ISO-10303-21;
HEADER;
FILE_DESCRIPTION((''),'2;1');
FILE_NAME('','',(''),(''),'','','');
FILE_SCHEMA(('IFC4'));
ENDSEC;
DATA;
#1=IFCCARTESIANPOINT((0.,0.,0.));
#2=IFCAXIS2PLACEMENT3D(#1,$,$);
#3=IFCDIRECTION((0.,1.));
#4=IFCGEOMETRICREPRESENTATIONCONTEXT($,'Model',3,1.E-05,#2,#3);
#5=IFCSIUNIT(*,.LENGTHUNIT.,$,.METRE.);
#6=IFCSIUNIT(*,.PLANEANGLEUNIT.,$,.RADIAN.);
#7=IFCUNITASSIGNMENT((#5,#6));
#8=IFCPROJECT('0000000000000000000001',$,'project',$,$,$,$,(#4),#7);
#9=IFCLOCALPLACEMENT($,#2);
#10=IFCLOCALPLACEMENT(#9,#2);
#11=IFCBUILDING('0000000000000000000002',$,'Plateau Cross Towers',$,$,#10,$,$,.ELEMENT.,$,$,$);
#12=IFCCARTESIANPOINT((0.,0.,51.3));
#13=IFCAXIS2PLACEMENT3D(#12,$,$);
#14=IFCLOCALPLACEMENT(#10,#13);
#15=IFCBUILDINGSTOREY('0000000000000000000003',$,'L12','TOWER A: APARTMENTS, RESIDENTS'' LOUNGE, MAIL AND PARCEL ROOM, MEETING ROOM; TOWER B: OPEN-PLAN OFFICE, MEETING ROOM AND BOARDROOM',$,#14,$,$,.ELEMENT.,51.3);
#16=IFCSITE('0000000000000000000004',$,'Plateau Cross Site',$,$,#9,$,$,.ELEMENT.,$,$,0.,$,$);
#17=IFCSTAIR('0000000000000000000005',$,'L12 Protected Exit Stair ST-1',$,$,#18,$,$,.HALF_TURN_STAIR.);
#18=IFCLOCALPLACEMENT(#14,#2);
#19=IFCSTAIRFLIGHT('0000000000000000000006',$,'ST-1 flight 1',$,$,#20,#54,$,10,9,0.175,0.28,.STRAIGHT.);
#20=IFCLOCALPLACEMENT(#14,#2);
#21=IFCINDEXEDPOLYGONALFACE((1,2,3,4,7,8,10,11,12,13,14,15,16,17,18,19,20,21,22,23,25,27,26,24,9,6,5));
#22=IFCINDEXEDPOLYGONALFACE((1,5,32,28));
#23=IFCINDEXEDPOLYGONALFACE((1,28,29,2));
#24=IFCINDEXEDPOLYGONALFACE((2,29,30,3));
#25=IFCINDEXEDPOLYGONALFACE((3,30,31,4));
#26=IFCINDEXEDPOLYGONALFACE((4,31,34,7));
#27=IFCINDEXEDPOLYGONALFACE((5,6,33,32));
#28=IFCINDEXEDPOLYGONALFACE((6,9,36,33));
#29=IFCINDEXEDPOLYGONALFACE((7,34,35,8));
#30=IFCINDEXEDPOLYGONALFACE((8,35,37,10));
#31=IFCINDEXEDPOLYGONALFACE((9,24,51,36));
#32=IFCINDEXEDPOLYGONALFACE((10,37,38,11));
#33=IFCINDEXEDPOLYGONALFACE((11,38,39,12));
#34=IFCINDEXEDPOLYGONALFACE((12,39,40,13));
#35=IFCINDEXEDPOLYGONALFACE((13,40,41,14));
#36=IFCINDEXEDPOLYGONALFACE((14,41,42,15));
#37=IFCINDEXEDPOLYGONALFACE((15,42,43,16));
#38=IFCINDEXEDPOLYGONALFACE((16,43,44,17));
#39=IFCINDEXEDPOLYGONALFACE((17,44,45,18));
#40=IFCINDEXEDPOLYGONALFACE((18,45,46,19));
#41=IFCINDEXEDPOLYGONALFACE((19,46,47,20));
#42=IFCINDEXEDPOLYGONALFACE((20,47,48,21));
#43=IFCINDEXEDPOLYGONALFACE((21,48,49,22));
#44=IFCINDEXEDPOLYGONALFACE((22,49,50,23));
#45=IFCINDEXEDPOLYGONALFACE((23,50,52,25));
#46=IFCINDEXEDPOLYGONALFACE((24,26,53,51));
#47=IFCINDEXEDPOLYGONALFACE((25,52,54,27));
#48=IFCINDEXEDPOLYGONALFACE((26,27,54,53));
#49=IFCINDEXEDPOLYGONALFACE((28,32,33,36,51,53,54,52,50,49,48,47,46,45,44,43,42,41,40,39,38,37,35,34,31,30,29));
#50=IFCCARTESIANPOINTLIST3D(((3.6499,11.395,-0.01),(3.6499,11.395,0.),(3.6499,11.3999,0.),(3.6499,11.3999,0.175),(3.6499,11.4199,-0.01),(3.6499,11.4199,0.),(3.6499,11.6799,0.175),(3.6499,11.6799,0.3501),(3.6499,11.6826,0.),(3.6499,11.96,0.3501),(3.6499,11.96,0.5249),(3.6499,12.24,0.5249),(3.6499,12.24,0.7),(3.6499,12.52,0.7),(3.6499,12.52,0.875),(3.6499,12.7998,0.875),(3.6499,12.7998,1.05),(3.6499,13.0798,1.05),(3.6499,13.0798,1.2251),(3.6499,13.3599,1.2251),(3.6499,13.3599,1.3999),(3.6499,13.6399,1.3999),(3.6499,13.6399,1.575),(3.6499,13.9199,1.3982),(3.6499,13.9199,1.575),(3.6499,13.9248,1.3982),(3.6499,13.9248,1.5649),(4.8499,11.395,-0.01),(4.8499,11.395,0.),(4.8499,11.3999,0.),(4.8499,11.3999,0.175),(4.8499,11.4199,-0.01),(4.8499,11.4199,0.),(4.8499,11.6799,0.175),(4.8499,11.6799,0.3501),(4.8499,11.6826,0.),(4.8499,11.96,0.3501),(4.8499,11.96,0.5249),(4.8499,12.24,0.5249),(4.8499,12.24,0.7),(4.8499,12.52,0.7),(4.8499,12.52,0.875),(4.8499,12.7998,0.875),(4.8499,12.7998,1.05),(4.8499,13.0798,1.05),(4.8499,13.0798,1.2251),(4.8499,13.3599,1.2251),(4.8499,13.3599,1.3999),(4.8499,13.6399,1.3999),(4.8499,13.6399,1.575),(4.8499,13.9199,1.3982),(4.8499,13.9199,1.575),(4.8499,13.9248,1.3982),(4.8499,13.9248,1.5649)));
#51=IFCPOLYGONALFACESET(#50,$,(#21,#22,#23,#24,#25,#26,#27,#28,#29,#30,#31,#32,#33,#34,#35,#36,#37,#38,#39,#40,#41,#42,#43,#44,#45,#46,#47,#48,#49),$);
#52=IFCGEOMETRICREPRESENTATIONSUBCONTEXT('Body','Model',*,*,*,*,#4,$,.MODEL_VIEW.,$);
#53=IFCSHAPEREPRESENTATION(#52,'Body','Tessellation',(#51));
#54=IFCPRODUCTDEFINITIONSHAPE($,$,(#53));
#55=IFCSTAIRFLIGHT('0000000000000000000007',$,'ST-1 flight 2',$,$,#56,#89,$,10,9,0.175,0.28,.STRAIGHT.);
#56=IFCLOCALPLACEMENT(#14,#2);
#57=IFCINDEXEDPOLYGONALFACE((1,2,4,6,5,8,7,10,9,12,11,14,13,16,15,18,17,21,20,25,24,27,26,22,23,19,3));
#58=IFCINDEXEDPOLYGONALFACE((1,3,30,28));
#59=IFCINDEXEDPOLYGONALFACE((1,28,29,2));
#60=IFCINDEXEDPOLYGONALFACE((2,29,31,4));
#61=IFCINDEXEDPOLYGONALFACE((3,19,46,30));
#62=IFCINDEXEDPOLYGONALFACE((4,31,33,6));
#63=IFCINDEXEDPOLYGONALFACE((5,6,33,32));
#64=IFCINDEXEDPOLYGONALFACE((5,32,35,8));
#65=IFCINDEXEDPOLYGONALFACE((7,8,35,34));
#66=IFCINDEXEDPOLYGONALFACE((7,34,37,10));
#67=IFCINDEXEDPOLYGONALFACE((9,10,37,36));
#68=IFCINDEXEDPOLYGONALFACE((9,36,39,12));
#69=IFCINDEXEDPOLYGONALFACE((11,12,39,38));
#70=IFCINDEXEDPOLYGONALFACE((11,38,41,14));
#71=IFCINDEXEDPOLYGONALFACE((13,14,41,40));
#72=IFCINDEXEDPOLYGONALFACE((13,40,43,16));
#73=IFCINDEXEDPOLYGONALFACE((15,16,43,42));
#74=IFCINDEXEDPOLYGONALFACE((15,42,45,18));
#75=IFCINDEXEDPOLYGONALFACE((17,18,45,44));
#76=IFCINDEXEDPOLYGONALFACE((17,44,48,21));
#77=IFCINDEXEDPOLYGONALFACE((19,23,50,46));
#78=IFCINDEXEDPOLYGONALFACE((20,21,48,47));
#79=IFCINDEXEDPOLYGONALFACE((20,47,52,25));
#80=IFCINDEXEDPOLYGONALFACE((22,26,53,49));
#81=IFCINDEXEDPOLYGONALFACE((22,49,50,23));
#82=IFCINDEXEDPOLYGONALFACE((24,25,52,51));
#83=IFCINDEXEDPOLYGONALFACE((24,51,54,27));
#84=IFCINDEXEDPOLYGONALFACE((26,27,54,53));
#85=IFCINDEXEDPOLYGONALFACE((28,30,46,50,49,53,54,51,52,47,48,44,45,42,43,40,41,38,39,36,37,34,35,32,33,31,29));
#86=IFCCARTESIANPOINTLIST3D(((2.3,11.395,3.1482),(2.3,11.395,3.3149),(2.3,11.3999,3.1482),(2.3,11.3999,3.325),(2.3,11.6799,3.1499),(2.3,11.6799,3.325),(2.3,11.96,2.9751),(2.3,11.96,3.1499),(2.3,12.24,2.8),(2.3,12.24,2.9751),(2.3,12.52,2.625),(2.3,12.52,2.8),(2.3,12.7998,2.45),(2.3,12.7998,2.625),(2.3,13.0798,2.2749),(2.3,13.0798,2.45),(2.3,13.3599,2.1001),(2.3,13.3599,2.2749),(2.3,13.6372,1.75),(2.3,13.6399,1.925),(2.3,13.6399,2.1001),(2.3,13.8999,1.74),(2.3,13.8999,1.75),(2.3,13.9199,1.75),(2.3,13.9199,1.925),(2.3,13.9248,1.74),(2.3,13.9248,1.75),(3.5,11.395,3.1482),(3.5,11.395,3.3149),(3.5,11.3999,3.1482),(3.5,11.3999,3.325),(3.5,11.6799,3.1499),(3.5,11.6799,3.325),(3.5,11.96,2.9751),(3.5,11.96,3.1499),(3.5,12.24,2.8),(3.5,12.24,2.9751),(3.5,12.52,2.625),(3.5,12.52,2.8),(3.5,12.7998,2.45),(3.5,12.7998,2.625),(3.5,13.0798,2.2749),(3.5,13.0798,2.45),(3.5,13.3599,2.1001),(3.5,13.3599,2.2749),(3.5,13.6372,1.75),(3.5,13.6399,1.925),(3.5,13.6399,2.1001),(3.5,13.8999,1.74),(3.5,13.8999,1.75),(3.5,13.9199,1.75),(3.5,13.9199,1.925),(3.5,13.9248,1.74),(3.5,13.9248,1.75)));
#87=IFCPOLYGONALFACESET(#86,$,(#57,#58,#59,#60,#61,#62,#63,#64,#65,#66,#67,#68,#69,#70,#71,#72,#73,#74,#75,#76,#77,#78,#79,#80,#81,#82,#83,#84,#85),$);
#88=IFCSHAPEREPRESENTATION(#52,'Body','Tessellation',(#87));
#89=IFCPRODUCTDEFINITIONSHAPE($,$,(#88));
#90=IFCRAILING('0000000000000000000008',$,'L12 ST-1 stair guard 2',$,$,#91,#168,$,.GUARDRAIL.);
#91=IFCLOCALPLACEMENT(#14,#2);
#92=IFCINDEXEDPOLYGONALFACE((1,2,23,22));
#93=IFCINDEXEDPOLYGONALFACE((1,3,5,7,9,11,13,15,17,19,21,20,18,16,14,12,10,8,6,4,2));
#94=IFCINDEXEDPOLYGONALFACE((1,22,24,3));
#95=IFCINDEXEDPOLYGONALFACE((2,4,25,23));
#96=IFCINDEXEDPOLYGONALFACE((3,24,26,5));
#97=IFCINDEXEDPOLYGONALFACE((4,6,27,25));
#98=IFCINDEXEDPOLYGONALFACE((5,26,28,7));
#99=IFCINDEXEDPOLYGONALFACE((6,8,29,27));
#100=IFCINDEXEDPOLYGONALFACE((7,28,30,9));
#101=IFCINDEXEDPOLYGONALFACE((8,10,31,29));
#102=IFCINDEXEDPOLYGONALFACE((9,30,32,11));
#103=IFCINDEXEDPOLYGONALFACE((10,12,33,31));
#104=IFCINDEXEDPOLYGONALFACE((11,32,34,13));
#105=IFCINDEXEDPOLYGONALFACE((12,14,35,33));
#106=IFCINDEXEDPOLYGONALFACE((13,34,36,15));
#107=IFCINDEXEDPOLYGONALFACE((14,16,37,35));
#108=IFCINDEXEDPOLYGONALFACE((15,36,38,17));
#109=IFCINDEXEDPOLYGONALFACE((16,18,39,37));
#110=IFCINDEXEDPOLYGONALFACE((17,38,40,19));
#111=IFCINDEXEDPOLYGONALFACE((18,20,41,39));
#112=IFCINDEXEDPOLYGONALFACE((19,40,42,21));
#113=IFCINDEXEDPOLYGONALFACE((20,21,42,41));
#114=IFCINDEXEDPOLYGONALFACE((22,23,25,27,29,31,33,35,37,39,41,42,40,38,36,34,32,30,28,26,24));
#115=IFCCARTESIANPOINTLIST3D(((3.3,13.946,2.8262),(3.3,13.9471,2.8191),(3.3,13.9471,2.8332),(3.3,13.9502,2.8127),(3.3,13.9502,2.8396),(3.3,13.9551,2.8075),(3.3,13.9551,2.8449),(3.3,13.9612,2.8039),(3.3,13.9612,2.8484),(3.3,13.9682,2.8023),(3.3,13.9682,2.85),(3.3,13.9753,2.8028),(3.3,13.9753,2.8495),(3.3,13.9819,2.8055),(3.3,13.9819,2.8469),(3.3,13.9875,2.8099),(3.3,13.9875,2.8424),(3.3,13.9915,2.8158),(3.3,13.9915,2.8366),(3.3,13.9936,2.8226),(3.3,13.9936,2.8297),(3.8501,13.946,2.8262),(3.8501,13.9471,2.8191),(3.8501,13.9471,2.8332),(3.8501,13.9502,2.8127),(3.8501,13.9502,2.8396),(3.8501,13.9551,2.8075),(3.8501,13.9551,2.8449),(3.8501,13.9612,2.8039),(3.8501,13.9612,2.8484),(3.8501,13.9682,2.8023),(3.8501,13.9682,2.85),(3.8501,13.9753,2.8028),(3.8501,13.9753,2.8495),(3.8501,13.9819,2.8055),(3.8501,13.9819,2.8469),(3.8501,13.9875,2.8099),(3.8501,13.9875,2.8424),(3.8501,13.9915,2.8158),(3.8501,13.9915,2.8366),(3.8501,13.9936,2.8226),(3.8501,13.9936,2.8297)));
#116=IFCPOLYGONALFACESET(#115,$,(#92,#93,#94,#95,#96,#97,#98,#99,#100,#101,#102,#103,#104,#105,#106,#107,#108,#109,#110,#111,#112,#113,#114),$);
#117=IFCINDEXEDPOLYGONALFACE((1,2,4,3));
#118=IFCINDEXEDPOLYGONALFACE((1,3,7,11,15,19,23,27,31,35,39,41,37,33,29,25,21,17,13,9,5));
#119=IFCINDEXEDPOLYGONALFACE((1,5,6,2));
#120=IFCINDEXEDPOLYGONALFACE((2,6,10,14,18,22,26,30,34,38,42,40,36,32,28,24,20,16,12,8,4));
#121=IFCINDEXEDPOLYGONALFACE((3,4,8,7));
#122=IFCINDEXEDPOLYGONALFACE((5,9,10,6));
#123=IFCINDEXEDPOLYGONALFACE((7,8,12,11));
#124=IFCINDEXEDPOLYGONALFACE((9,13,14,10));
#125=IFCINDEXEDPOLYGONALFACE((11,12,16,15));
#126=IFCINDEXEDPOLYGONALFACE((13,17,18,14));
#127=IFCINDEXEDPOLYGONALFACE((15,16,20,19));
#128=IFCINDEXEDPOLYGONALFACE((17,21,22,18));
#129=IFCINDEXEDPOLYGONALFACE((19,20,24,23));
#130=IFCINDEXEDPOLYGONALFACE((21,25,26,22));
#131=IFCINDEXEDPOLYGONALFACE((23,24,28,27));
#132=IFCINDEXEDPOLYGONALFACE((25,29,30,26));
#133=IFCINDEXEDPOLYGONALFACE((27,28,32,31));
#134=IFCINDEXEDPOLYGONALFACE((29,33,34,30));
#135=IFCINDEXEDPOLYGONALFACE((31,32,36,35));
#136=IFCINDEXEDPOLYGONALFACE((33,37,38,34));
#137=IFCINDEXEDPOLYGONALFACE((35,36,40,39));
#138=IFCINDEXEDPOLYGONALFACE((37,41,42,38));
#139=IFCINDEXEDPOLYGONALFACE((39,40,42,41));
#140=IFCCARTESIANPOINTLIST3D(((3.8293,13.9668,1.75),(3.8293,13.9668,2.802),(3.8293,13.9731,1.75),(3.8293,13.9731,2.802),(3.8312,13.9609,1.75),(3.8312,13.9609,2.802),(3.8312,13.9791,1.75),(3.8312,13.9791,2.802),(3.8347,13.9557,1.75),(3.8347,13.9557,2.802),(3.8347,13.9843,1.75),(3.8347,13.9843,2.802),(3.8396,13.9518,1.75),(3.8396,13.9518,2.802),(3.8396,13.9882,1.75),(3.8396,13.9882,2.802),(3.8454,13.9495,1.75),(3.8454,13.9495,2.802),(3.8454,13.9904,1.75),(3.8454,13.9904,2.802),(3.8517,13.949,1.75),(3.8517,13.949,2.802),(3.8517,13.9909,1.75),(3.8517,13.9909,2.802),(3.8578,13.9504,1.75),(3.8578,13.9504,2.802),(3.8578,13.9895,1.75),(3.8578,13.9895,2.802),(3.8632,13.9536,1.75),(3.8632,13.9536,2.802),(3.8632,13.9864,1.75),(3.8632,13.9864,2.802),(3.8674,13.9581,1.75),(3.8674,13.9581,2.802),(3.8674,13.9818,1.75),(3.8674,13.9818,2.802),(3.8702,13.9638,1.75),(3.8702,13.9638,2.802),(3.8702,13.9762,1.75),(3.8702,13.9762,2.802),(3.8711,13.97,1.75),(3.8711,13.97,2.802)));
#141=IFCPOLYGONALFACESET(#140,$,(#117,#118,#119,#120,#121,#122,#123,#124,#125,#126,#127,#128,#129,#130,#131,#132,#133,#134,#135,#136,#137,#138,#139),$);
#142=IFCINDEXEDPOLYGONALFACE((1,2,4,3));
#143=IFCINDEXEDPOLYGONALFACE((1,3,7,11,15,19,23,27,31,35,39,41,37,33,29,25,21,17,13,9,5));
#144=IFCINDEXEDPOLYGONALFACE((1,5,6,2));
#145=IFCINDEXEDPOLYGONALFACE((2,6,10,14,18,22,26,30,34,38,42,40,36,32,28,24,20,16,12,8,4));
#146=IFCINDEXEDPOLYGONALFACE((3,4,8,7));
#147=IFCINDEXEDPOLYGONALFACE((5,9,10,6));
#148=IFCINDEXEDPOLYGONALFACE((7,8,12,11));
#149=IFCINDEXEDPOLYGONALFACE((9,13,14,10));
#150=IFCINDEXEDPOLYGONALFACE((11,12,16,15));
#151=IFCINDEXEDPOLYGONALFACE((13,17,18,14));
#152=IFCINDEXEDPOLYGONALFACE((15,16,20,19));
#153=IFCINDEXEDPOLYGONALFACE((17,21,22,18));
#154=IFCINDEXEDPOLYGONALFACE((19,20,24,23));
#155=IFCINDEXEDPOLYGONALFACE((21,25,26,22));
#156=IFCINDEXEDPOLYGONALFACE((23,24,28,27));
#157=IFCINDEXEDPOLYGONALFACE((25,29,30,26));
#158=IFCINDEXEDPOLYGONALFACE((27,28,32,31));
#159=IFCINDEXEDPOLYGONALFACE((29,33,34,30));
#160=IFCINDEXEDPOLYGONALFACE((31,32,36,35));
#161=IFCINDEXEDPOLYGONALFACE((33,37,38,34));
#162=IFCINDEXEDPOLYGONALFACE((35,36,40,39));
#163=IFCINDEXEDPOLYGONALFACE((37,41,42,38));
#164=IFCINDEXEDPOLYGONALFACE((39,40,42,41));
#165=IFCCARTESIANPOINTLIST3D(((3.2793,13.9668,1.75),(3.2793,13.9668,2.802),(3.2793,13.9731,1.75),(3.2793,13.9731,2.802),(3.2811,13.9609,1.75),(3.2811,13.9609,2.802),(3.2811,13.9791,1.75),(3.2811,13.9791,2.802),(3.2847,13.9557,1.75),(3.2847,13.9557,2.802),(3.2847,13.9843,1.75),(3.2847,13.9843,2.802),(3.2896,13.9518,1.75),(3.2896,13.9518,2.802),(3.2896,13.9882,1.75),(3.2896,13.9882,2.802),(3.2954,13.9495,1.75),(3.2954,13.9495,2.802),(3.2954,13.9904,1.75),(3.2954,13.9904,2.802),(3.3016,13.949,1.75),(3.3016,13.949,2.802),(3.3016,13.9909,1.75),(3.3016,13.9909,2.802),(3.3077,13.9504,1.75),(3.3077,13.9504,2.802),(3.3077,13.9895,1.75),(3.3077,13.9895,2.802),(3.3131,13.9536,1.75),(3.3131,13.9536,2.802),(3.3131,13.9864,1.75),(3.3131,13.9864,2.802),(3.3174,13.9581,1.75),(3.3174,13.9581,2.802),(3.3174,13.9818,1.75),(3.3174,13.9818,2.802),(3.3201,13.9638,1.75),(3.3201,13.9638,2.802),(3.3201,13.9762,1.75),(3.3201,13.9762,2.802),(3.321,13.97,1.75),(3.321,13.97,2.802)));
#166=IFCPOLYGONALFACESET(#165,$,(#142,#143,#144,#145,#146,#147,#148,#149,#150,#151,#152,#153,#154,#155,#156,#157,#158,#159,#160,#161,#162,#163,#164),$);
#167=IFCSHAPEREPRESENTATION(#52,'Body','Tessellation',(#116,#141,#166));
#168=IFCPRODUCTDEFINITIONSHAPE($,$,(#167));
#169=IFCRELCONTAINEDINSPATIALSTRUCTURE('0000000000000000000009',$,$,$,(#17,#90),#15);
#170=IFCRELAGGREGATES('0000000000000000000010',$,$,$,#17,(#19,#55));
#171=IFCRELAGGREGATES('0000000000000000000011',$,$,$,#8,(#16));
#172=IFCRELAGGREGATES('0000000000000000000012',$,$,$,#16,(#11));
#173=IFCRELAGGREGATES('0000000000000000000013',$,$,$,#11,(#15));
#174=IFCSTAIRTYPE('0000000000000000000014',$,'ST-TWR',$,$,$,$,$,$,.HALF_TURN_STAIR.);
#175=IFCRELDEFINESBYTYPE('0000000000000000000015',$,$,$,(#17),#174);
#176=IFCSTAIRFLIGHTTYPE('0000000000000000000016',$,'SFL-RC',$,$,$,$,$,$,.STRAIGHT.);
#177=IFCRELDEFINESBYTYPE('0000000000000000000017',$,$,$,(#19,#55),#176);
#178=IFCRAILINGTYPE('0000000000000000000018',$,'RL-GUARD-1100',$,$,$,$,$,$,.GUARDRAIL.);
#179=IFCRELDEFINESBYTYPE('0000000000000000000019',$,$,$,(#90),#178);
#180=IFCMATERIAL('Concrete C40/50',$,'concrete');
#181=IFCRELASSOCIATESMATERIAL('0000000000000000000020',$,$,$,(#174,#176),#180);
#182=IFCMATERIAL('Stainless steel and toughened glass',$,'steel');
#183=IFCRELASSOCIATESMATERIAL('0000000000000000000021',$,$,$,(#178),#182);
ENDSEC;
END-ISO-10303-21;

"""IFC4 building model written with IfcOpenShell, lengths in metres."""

from ifc_helpers import new_model, si_unit, direction, frame, origin, origin_2d, place, context, subcontext, project, spatial, polyline, circle, outline, extrude, material, type_object, element, aggregate, save


model = new_model("IFC4")

# Units and contexts
model_context = context("Model", 3, precision=1e-05, world=origin(), true_north=direction((0.0, 1.0)))
body_context = subcontext(model_context, "Body", "Model", "MODEL_VIEW")
ifc_project = project(units=[si_unit("LENGTHUNIT", "METRE"), si_unit("PLANEANGLEUNIT", "RADIAN")], contexts=[model_context])

# Site, building, storey
site_placement = place(None, origin())
site = spatial("IfcSite", under=ifc_project, at=site_placement, Name="Plateau Cross Site", CompositionType="ELEMENT", RefElevation=0.0)
building_placement = place(site_placement, origin())
building = spatial("IfcBuilding", under=site, at=building_placement, Name="Plateau Cross Towers", CompositionType="ELEMENT")
storey_placement = place(building_placement, frame((0.0, 0.0, 51.3)))
storey = spatial("IfcBuildingStorey", under=building, at=storey_placement, Name="L12", Description="TOWER A: APARTMENTS, RESIDENTS' LOUNGE, MAIL AND PARCEL ROOM, MEETING ROOM; TOWER B: OPEN-PLAN OFFICE, MEETING ROOM AND BOARDROOM", CompositionType="ELEMENT", Elevation=51.3)

# Stair, stair flights
ifc_material_1 = material(Name="Concrete C40/50", Category="concrete")
stair_type = type_object("IfcStairType", Name="ST-TWR", PredefinedType="HALF_TURN_STAIR", material=ifc_material_1)
stair_placement = place(storey_placement, origin())
stair = element("IfcStair", 1, at=stair_placement, inside=storey, type_object=stair_type, Name="L12 Protected Exit Stair ST-1", PredefinedType="HALF_TURN_STAIR")
stair_flight_type = type_object("IfcStairFlightType", Name="SFL-RC", PredefinedType="STRAIGHT", material=ifc_material_1)
stair_flight_1_placement = place(storey_placement, frame((4.25, 11.3999, 0.0), z_axis=(0.0, 0.0, 1.0), x_axis=(0.0, 1.0, 0.0)))
stair_flight_1 = element("IfcStairFlight", 2, at=stair_flight_1_placement, type_object=stair_flight_type, Name="ST-1 flight 1", NumberOfRisers=10, NumberOfTreads=9, PredefinedType="STRAIGHT", RiserHeight=0.175, TreadLength=0.28, context=body_context, shape_type="SweptSolid", body=[
    extrude(outline(polyline([(-0.0049, -0.01), (-0.0049, 0.0), (0.0, 0.0), (0.0, 0.175), (0.28, 0.175), (0.28, 0.3501), (0.5601, 0.3501), (0.5601, 0.5249), (0.8401, 0.5249), (0.8401, 0.7), (1.1201, 0.7), (1.1201, 0.875), (1.3999, 0.875), (1.3999, 1.05), (1.6799, 1.05), (1.6799, 1.2251), (1.96, 1.2251), (1.96, 1.3999), (2.24, 1.3999), (2.24, 1.575), (2.52, 1.575), (2.5249, 1.5649), (2.5249, 1.3982), (2.52, 1.3982), (0.2827, 0.0), (0.02, 0.0), (0.02, -0.01), (-0.0049, -0.01)])), frame((0.0, 0.6001, 0.0), z_axis=(0.0, -1.0, 0.0), x_axis=(1.0, 0.0, 0.0)), (0.0, 0.0, 1.0), 1.2),
])
stair_flight_2_placement = place(storey_placement, frame((2.8999, 13.9199, 1.75), z_axis=(0.0, 0.0, 1.0), x_axis=(0.0, -1.0, 0.0)))
stair_flight_2 = element("IfcStairFlight", 3, at=stair_flight_2_placement, type_object=stair_flight_type, Name="ST-1 flight 2", NumberOfRisers=10, NumberOfTreads=9, PredefinedType="STRAIGHT", RiserHeight=0.175, TreadLength=0.28, context=body_context, shape_type="SweptSolid", body=[
    extrude(outline(polyline([(-0.0049, -0.01), (-0.0049, 0.0), (0.0, 0.0), (0.0, 0.175), (0.28, 0.175), (0.28, 0.3501), (0.5601, 0.3501), (0.5601, 0.5249), (0.8401, 0.5249), (0.8401, 0.7), (1.1201, 0.7), (1.1201, 0.875), (1.3999, 0.875), (1.3999, 1.05), (1.6799, 1.05), (1.6799, 1.2251), (1.96, 1.2251), (1.96, 1.3999), (2.24, 1.3999), (2.24, 1.575), (2.52, 1.575), (2.5249, 1.5649), (2.5249, 1.3982), (2.52, 1.3982), (0.2827, 0.0), (0.02, 0.0), (0.02, -0.01), (-0.0049, -0.01)])), frame((0.0, 0.6001, 0.0), z_axis=(0.0, -1.0, 0.0), x_axis=(1.0, 0.0, 0.0)), (0.0, 0.0, 1.0), 1.2),
])
aggregate(stair, [stair_flight_1, stair_flight_2])

# Railing
ifc_material_2 = material(Name="Stainless steel and toughened glass", Category="steel")
railing_type_1 = type_object("IfcRailingType", Name="RL-GUARD-1100", PredefinedType="GUARDRAIL", material=ifc_material_2)
railing_1_placement = place(storey_placement, frame((3.8501, 13.97, 1.75)))
element("IfcRailing", 4, at=railing_1_placement, inside=storey, type_object=railing_type_1, Name="L12 ST-1 stair guard 2", PredefinedType="GUARDRAIL", context=body_context, shape_type="SweptSolid", body=[
    extrude(circle(Radius=0.0239, at=origin_2d()), frame((0.0, 0.0, 1.0762), z_axis=(-1.0, 0.0, 0.0), x_axis=(0.0, -1.0, 0.0)), (0.0, 0.0, 1.0), 0.55),
    extrude(circle(Radius=0.021, at=origin_2d()), origin(), (0.0, 0.0, 1.0), 1.052),
    extrude(circle(Radius=0.021, at=origin_2d()), frame((-0.55, 0.0, 0.0)), (0.0, 0.0, 1.0), 1.052),
])

save(model, "model.ifc")
